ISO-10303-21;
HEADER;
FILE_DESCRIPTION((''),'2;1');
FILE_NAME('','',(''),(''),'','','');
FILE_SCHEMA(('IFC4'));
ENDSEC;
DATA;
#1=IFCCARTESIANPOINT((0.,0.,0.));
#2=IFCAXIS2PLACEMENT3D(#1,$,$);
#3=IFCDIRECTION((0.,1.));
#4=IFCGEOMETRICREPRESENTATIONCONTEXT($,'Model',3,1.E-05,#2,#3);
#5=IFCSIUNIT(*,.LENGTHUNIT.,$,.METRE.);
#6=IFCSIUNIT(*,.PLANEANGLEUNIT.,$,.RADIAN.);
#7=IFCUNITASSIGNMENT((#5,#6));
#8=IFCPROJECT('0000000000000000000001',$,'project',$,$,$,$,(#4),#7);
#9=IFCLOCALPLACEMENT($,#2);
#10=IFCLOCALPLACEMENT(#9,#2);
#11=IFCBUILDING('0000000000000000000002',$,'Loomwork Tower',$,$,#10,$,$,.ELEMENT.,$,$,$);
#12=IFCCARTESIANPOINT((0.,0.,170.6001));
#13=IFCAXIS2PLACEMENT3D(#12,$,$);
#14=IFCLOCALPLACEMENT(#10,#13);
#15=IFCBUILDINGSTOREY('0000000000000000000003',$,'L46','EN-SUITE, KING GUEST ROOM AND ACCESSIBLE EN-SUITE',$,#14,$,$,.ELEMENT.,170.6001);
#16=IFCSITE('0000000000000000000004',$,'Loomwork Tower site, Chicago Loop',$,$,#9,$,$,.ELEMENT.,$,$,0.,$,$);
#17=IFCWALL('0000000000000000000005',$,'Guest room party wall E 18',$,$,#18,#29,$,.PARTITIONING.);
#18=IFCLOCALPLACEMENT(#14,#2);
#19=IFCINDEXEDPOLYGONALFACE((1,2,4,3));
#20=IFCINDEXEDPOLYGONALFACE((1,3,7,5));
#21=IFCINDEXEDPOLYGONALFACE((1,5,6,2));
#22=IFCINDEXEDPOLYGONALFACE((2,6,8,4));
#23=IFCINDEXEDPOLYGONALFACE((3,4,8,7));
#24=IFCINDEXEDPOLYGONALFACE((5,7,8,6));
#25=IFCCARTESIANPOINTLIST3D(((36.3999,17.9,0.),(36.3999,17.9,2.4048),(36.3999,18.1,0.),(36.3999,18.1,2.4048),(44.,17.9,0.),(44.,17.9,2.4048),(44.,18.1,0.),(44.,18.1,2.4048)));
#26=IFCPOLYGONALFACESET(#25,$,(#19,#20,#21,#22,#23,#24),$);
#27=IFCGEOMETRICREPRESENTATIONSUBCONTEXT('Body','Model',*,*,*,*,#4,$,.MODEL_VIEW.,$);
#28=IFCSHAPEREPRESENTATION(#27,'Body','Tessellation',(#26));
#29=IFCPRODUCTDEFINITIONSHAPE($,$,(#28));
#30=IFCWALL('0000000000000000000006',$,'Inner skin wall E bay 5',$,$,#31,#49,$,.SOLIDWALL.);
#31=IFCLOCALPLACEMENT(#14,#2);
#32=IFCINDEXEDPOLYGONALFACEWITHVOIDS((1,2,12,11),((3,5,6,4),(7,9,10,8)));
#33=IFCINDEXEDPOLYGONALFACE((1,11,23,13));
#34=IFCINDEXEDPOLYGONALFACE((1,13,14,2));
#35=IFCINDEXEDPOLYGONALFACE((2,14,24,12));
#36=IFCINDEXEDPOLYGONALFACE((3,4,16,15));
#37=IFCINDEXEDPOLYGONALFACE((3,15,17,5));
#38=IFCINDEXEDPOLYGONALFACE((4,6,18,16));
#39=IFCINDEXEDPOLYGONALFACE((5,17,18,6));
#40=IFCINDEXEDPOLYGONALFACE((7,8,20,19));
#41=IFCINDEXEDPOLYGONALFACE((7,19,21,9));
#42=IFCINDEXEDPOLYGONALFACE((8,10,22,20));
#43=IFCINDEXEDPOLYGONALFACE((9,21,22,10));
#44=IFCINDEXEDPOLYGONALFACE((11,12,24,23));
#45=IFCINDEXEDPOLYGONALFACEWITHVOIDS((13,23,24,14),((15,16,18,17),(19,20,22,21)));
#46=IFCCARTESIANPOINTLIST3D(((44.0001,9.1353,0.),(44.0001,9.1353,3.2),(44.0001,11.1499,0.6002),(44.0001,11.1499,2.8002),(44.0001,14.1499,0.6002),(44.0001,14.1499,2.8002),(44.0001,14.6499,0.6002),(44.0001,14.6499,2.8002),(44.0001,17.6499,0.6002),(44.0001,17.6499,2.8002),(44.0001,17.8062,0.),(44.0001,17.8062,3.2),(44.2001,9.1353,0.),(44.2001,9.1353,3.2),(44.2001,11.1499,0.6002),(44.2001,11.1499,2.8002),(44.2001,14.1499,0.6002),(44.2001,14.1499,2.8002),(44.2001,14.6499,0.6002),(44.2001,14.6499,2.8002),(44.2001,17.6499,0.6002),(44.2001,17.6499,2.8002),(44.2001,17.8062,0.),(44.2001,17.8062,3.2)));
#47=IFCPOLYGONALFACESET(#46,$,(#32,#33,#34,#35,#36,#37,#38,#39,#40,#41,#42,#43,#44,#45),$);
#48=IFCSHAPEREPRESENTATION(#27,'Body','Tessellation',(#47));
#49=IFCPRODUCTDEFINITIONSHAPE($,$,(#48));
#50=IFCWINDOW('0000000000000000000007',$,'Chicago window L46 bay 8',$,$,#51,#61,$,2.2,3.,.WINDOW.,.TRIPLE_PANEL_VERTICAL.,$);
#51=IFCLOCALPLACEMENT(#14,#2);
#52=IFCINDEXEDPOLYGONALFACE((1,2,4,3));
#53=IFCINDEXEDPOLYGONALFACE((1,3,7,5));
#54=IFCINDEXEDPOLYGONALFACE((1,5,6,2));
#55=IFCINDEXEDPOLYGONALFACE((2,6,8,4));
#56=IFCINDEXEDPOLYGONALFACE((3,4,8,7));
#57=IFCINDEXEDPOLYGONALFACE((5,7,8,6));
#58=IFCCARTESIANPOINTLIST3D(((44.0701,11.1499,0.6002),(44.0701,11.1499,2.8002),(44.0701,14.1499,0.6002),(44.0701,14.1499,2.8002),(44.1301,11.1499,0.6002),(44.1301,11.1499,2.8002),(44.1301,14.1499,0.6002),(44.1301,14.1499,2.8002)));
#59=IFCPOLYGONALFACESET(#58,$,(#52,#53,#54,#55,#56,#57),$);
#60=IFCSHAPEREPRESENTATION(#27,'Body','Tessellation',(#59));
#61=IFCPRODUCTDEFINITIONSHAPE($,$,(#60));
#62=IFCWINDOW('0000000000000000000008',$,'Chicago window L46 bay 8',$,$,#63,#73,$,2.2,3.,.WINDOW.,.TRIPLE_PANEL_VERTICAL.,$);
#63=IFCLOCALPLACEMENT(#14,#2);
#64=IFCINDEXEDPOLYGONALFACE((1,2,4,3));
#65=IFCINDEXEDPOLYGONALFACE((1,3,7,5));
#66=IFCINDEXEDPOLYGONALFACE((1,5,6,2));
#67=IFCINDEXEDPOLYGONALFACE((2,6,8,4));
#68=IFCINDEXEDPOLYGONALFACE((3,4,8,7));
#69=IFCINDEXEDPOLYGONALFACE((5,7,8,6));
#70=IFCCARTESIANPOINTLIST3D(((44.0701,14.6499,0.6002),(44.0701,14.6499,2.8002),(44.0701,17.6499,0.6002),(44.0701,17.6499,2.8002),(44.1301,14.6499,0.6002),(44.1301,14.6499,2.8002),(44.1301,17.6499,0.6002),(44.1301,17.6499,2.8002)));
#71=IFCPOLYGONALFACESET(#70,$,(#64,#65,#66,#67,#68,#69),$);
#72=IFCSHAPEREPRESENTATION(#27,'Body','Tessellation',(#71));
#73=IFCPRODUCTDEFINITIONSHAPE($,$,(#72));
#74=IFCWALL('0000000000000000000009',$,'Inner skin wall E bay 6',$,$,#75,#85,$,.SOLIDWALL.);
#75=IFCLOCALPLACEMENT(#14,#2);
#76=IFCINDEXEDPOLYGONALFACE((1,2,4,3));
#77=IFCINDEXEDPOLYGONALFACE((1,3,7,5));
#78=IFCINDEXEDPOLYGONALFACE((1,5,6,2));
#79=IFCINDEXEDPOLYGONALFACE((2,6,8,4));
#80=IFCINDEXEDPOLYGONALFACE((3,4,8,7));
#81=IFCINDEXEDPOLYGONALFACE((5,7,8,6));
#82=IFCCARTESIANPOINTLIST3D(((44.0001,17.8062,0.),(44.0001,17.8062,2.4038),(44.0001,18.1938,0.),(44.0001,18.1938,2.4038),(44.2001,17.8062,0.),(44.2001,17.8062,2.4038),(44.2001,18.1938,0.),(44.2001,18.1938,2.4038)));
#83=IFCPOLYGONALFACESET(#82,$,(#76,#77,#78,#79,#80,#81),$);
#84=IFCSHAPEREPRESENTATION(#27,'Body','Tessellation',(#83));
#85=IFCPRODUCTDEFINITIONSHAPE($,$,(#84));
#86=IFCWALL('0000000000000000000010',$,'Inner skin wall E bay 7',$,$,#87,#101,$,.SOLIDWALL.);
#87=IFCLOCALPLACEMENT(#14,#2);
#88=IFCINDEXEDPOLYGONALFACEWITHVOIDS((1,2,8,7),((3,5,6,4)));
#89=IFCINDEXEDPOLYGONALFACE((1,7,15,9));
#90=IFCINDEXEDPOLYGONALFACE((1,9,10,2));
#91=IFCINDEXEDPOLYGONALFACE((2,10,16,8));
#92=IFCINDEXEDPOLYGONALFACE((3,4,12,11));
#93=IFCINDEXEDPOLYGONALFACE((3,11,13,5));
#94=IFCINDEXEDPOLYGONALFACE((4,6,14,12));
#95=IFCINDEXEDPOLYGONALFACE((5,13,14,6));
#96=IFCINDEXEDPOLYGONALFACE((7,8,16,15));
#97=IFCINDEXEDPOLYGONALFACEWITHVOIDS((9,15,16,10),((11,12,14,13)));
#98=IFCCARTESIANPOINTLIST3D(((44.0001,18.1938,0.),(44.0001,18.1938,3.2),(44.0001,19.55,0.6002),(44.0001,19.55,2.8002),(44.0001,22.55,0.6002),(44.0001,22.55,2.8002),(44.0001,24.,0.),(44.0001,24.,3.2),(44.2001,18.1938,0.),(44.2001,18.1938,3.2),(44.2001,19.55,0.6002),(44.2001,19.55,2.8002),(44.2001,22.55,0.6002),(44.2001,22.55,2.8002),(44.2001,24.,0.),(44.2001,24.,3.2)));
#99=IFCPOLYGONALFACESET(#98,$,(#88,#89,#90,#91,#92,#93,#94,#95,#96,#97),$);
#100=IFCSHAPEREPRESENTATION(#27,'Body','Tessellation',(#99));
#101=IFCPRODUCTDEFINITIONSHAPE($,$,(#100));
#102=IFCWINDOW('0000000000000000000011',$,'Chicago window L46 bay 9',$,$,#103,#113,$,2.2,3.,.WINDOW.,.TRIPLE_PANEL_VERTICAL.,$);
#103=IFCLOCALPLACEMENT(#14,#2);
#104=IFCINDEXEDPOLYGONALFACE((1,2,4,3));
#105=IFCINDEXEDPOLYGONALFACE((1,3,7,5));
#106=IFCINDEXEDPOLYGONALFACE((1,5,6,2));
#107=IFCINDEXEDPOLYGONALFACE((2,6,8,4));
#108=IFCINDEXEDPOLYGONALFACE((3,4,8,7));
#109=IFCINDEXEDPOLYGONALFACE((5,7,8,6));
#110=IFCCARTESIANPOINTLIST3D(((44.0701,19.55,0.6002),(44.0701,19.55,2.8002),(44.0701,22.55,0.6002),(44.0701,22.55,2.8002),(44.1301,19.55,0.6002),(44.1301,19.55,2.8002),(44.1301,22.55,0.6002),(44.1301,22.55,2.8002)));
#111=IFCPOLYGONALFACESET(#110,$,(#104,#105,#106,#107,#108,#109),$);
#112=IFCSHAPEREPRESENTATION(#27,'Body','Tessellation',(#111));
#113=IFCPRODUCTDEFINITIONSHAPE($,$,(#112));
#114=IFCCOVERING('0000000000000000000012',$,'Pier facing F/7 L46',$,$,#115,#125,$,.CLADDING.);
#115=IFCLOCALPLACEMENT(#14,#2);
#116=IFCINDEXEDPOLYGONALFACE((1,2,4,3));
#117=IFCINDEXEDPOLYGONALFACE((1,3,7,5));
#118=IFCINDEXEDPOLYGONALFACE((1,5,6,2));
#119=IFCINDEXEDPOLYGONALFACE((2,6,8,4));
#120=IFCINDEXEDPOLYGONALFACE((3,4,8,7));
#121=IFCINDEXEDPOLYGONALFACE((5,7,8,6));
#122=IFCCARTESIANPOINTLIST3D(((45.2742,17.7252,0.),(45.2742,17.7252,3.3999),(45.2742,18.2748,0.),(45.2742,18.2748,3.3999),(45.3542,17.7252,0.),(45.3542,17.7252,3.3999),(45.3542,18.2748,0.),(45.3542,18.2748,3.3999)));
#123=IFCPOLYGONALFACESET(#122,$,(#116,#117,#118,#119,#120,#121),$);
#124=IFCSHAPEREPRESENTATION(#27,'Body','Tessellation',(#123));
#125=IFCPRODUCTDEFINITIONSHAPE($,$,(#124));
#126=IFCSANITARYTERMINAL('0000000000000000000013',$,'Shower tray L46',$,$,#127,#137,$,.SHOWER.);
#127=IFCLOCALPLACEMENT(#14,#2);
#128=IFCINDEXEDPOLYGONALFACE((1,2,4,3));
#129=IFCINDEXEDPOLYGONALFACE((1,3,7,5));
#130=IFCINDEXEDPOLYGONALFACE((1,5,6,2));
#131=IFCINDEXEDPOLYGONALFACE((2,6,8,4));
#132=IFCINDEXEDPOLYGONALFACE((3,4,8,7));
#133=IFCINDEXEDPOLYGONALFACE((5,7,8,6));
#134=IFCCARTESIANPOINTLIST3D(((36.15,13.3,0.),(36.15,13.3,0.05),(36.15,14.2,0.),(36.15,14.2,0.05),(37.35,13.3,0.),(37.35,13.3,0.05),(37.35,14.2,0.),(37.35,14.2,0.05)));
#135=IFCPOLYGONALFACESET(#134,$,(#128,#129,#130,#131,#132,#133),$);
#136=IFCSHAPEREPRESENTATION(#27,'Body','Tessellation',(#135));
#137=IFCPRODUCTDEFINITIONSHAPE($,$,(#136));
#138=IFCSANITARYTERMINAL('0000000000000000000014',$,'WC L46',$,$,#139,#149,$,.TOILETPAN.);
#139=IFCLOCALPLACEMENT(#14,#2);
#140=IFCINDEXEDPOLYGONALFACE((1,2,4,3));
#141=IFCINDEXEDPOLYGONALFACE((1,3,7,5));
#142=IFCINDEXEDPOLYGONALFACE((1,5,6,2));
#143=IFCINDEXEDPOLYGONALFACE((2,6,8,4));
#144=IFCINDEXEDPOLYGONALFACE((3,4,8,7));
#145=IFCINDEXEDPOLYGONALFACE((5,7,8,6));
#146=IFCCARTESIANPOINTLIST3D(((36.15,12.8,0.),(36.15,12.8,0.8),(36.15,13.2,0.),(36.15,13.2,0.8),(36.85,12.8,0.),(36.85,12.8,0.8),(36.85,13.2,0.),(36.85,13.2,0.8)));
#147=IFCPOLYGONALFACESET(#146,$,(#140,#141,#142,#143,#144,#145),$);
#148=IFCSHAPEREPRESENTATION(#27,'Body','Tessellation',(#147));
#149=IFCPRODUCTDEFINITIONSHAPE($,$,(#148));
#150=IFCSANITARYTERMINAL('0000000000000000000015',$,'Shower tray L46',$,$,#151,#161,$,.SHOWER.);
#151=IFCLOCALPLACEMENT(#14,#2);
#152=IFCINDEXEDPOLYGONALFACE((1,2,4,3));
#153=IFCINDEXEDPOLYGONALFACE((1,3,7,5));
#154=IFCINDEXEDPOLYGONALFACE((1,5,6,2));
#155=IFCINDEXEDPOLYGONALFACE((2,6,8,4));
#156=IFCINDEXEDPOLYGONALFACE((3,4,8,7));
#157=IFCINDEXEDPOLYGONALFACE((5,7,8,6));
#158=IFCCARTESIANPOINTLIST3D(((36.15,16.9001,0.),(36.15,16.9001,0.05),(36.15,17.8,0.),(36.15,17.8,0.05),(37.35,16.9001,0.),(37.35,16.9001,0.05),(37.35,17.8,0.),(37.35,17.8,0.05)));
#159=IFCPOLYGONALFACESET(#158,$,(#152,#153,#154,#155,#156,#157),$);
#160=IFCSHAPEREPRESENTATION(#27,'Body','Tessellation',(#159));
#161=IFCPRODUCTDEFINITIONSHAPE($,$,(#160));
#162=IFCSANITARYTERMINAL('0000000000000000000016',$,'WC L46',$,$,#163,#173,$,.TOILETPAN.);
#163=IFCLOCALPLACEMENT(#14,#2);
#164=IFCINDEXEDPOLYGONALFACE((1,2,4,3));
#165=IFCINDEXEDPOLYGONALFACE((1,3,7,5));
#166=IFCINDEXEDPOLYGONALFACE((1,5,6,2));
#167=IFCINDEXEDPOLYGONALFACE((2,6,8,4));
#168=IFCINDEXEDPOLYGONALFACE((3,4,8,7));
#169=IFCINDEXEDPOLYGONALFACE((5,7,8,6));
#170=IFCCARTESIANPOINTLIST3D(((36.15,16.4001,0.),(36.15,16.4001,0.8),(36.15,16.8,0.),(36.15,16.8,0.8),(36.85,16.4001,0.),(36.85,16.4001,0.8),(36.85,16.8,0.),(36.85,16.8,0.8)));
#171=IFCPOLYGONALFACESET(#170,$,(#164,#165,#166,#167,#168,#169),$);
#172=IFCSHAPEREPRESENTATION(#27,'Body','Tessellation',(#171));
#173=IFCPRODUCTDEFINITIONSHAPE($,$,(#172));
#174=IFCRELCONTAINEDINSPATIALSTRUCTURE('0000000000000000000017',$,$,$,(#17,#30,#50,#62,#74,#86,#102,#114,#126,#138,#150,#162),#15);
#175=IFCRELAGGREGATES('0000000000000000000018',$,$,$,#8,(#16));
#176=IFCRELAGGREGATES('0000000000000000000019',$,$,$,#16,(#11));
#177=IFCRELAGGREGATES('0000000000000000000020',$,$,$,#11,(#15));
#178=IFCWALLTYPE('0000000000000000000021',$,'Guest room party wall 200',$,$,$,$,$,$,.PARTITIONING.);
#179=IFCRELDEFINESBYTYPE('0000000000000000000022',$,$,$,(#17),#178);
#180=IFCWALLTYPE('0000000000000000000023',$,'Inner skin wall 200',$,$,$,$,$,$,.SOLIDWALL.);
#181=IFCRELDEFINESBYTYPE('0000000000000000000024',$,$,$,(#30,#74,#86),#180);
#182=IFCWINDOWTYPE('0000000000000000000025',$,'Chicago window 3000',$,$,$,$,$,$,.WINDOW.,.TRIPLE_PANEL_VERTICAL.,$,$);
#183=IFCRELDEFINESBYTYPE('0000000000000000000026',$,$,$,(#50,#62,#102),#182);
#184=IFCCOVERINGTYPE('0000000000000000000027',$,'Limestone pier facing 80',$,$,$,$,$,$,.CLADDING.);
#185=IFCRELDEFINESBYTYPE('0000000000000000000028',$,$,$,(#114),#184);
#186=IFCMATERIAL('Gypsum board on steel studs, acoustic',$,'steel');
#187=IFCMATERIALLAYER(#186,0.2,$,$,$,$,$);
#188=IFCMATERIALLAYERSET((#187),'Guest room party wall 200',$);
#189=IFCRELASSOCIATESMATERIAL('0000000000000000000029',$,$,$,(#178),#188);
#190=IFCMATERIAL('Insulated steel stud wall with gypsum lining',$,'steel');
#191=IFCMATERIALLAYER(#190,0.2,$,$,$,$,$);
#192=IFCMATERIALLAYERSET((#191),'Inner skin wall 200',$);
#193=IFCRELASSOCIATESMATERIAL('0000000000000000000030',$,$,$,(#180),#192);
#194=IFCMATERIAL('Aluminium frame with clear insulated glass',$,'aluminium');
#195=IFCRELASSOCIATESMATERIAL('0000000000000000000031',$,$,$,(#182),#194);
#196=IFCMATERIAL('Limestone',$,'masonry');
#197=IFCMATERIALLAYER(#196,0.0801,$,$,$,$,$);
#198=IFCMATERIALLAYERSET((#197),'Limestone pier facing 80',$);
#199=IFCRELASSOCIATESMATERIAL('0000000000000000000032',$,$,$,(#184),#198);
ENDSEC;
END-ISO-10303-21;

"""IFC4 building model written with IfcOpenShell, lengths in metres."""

from ifc_helpers import new_model, si_unit, direction, frame, frame_2d, origin, origin_2d, place, context, subcontext, project, spatial, rectangle, extrude, material, layer, layer_set, type_object, element, fill, save


model = new_model("IFC4")

# Units and contexts
model_context = context("Model", 3, precision=1e-05, world=origin(), true_north=direction((0.0, 1.0)))
body_context = subcontext(model_context, "Body", "Model", "MODEL_VIEW")
ifc_project = project(units=[si_unit("LENGTHUNIT", "METRE"), si_unit("PLANEANGLEUNIT", "RADIAN")], contexts=[model_context])

# Site, building, storey
site_placement = place(None, origin())
site = spatial("IfcSite", under=ifc_project, at=site_placement, Name="Loomwork Tower site, Chicago Loop", CompositionType="ELEMENT", RefElevation=0.0)
building_placement = place(site_placement, origin())
building = spatial("IfcBuilding", under=site, at=building_placement, Name="Loomwork Tower", CompositionType="ELEMENT")
storey_placement = place(building_placement, frame((0.0, 0.0, 170.6001)))
storey = spatial("IfcBuildingStorey", under=building, at=storey_placement, Name="L46", Description="EN-SUITE, KING GUEST ROOM AND ACCESSIBLE EN-SUITE", CompositionType="ELEMENT", Elevation=170.6001)

# Wall
ifc_material_1 = material(Name="Gypsum board on steel studs, acoustic", Category="steel")
ifc_layer_1 = layer(ifc_material_1, 0.2)
ifc_layer_set_1 = layer_set([ifc_layer_1], Name="Guest room party wall 200")
wall_type_1 = type_object("IfcWallType", Name="Guest room party wall 200", PredefinedType="PARTITIONING", material=ifc_layer_set_1)
wall_1_placement = place(storey_placement, frame((36.3999, 18.0, 0.0), z_axis=(0.0, 0.0, 1.0), x_axis=(1.0, 0.0, 0.0)))
element("IfcWall", 1, at=wall_1_placement, inside=storey, type_object=wall_type_1, Name="Guest room party wall E 18", PredefinedType="PARTITIONING", context=body_context, shape_type="SweptSolid", body=[
    extrude(rectangle(XDim=7.6001, YDim=0.2, at=frame_2d((3.8, 0.0))), origin(), (0.0, 0.0, 1.0), 2.4048),
])

# Wall, openings, windows
ifc_material_2 = material(Name="Insulated steel stud wall with gypsum lining", Category="steel")
ifc_layer_2 = layer(ifc_material_2, 0.2)
ifc_layer_set_2 = layer_set([ifc_layer_2], Name="Inner skin wall 200")
wall_type_2 = type_object("IfcWallType", Name="Inner skin wall 200", PredefinedType="SOLIDWALL", material=ifc_layer_set_2)
wall_2_placement = place(storey_placement, frame((44.1001, 9.1353, 0.0), z_axis=(0.0, 0.0, 1.0), x_axis=(0.0, 1.0, 0.0)))
wall_2 = element("IfcWall", 2, at=wall_2_placement, inside=storey, type_object=wall_type_2, Name="Inner skin wall E bay 5", PredefinedType="SOLIDWALL", context=body_context, shape_type="SweptSolid", body=[
    extrude(rectangle(XDim=8.6709, YDim=0.2, at=frame_2d((4.3354, 0.0))), origin(), (0.0, 0.0, 1.0), 3.2),
])
opening_1_placement = place(wall_2_placement, frame((2.0146, 0.0, 0.6001)))
opening_1 = element("IfcOpeningElement", 3, at=opening_1_placement, cuts=wall_2, PredefinedType="OPENING", context=body_context, shape_type="SweptSolid", body=[
    extrude(rectangle(XDim=3.0, YDim=2.2, at=frame_2d((1.5, 1.1001))), frame((0.0, 0.1099, 0.0), z_axis=(0.0, -1.0, 0.0), x_axis=(1.0, 0.0, 0.0)), (0.0, 0.0, 1.0), 0.22),
])
opening_2_placement = place(wall_2_placement, frame((5.5146, 0.0, 0.6001)))
opening_2 = element("IfcOpeningElement", 4, at=opening_2_placement, cuts=wall_2, PredefinedType="OPENING", context=body_context, shape_type="SweptSolid", body=[
    extrude(rectangle(XDim=3.0, YDim=2.2, at=frame_2d((1.5, 1.1001))), frame((0.0, 0.1099, 0.0), z_axis=(0.0, -1.0, 0.0), x_axis=(1.0, 0.0, 0.0)), (0.0, 0.0, 1.0), 0.22),
])
ifc_material_3 = material(Name="Aluminium frame with clear insulated glass", Category="aluminium")
window_type = type_object("IfcWindowType", Name="Chicago window 3000", PartitioningType="TRIPLE_PANEL_VERTICAL", PredefinedType="WINDOW", material=ifc_material_3)
window_1_placement = place(opening_1_placement, origin())
window_1 = element("IfcWindow", 5, at=window_1_placement, inside=storey, type_object=window_type, Name="Chicago window L46 bay 8", OverallHeight=2.2, OverallWidth=3.0, PartitioningType="TRIPLE_PANEL_VERTICAL", PredefinedType="WINDOW", context=body_context, shape_type="SweptSolid", body=[
    extrude(rectangle(XDim=3.0, YDim=2.2, at=frame_2d((1.5, 1.1001))), frame((0.0, 0.03, 0.0), z_axis=(0.0, -1.0, 0.0), x_axis=(1.0, 0.0, 0.0)), (0.0, 0.0, 1.0), 0.0601),
])
fill(opening_1, window_1)
window_2_placement = place(opening_2_placement, origin())
window_2 = element("IfcWindow", 6, at=window_2_placement, inside=storey, type_object=window_type, Name="Chicago window L46 bay 8", OverallHeight=2.2, OverallWidth=3.0, PartitioningType="TRIPLE_PANEL_VERTICAL", PredefinedType="WINDOW", context=body_context, shape_type="SweptSolid", body=[
    extrude(rectangle(XDim=3.0, YDim=2.2, at=frame_2d((1.5, 1.1001))), frame((0.0, 0.03, 0.0), z_axis=(0.0, -1.0, 0.0), x_axis=(1.0, 0.0, 0.0)), (0.0, 0.0, 1.0), 0.0601),
])
fill(opening_2, window_2)

# Wall
wall_3_placement = place(storey_placement, frame((44.1001, 17.8062, 0.0), z_axis=(0.0, 0.0, 1.0), x_axis=(0.0, 1.0, 0.0)))
element("IfcWall", 7, at=wall_3_placement, inside=storey, type_object=wall_type_2, Name="Inner skin wall E bay 6", PredefinedType="SOLIDWALL", context=body_context, shape_type="SweptSolid", body=[
    extrude(rectangle(XDim=0.3877, YDim=0.2, at=frame_2d((0.1938, 0.0))), origin(), (0.0, 0.0, 1.0), 2.4038),
])

# Wall, opening, window
wall_4_placement = place(storey_placement, frame((44.1001, 18.1938, 0.0), z_axis=(0.0, 0.0, 1.0), x_axis=(0.0, 1.0, 0.0)))
wall_4 = element("IfcWall", 8, at=wall_4_placement, inside=storey, type_object=wall_type_2, Name="Inner skin wall E bay 7", PredefinedType="SOLIDWALL", context=body_context, shape_type="SweptSolid", body=[
    extrude(rectangle(XDim=5.8062, YDim=0.2, at=frame_2d((2.9031, 0.0))), origin(), (0.0, 0.0, 1.0), 3.2),
])
opening_3_placement = place(wall_4_placement, frame((1.3562, 0.0, 0.6001)))
opening_3 = element("IfcOpeningElement", 9, at=opening_3_placement, cuts=wall_4, PredefinedType="OPENING", context=body_context, shape_type="SweptSolid", body=[
    extrude(rectangle(XDim=3.0, YDim=2.2, at=frame_2d((1.5, 1.1001))), frame((0.0, 0.1099, 0.0), z_axis=(0.0, -1.0, 0.0), x_axis=(1.0, 0.0, 0.0)), (0.0, 0.0, 1.0), 0.22),
])
window_3_placement = place(opening_3_placement, origin())
window_3 = element("IfcWindow", 10, at=window_3_placement, inside=storey, type_object=window_type, Name="Chicago window L46 bay 9", OverallHeight=2.2, OverallWidth=3.0, PartitioningType="TRIPLE_PANEL_VERTICAL", PredefinedType="WINDOW", context=body_context, shape_type="SweptSolid", body=[
    extrude(rectangle(XDim=3.0, YDim=2.2, at=frame_2d((1.5, 1.1001))), frame((0.0, 0.03, 0.0), z_axis=(0.0, -1.0, 0.0), x_axis=(1.0, 0.0, 0.0)), (0.0, 0.0, 1.0), 0.0601),
])
fill(opening_3, window_3)

# Covering
ifc_material_4 = material(Name="Limestone", Category="masonry")
ifc_layer_3 = layer(ifc_material_4, 0.0801)
ifc_layer_set_3 = layer_set([ifc_layer_3], Name="Limestone pier facing 80")
covering_type = type_object("IfcCoveringType", Name="Limestone pier facing 80", PredefinedType="CLADDING", material=ifc_layer_set_3)
covering_placement = place(storey_placement, frame((45.3142, 18.0, 0.0), z_axis=(0.0, 0.0, 1.0), x_axis=(1.0, 0.0, 0.0)))
element("IfcCovering", 11, at=covering_placement, inside=storey, type_object=covering_type, Name="Pier facing F/7 L46", PredefinedType="CLADDING", context=body_context, shape_type="SweptSolid", body=[
    extrude(rectangle(XDim=0.0801, YDim=0.5496, at=origin_2d()), origin(), (0.0, 0.0, 1.0), 3.3999),
])

# Sanitary terminals
sanitary_terminal_1_placement = place(storey_placement, frame((36.75, 13.75, 0.0), z_axis=(0.0, 0.0, 1.0), x_axis=(1.0, 0.0, 0.0)))
element("IfcSanitaryTerminal", 12, at=sanitary_terminal_1_placement, inside=storey, Name="Shower tray L46", PredefinedType="SHOWER", context=body_context, shape_type="SweptSolid", body=[
    extrude(rectangle(XDim=1.2, YDim=0.8999, at=origin_2d()), origin(), (0.0, 0.0, 1.0), 0.05),
])
sanitary_terminal_2_placement = place(storey_placement, frame((36.5, 13.0, 0.0), z_axis=(0.0, 0.0, 1.0), x_axis=(1.0, 0.0, 0.0)))
element("IfcSanitaryTerminal", 13, at=sanitary_terminal_2_placement, inside=storey, Name="WC L46", PredefinedType="TOILETPAN", context=body_context, shape_type="SweptSolid", body=[
    extrude(rectangle(XDim=0.7, YDim=0.3999, at=origin_2d()), origin(), (0.0, 0.0, 1.0), 0.8),
])
sanitary_terminal_3_placement = place(storey_placement, frame((36.75, 17.3501, 0.0), z_axis=(0.0, 0.0, 1.0), x_axis=(1.0, 0.0, 0.0)))
element("IfcSanitaryTerminal", 14, at=sanitary_terminal_3_placement, inside=storey, Name="Shower tray L46", PredefinedType="SHOWER", context=body_context, shape_type="SweptSolid", body=[
    extrude(rectangle(XDim=1.2, YDim=0.8999, at=origin_2d()), origin(), (0.0, 0.0, 1.0), 0.05),
])
sanitary_terminal_4_placement = place(storey_placement, frame((36.5, 16.6001, 0.0), z_axis=(0.0, 0.0, 1.0), x_axis=(1.0, 0.0, 0.0)))
element("IfcSanitaryTerminal", 15, at=sanitary_terminal_4_placement, inside=storey, Name="WC L46", PredefinedType="TOILETPAN", context=body_context, shape_type="SweptSolid", body=[
    extrude(rectangle(XDim=0.7, YDim=0.3999, at=origin_2d()), origin(), (0.0, 0.0, 1.0), 0.8),
])

save(model, "model.ifc")
